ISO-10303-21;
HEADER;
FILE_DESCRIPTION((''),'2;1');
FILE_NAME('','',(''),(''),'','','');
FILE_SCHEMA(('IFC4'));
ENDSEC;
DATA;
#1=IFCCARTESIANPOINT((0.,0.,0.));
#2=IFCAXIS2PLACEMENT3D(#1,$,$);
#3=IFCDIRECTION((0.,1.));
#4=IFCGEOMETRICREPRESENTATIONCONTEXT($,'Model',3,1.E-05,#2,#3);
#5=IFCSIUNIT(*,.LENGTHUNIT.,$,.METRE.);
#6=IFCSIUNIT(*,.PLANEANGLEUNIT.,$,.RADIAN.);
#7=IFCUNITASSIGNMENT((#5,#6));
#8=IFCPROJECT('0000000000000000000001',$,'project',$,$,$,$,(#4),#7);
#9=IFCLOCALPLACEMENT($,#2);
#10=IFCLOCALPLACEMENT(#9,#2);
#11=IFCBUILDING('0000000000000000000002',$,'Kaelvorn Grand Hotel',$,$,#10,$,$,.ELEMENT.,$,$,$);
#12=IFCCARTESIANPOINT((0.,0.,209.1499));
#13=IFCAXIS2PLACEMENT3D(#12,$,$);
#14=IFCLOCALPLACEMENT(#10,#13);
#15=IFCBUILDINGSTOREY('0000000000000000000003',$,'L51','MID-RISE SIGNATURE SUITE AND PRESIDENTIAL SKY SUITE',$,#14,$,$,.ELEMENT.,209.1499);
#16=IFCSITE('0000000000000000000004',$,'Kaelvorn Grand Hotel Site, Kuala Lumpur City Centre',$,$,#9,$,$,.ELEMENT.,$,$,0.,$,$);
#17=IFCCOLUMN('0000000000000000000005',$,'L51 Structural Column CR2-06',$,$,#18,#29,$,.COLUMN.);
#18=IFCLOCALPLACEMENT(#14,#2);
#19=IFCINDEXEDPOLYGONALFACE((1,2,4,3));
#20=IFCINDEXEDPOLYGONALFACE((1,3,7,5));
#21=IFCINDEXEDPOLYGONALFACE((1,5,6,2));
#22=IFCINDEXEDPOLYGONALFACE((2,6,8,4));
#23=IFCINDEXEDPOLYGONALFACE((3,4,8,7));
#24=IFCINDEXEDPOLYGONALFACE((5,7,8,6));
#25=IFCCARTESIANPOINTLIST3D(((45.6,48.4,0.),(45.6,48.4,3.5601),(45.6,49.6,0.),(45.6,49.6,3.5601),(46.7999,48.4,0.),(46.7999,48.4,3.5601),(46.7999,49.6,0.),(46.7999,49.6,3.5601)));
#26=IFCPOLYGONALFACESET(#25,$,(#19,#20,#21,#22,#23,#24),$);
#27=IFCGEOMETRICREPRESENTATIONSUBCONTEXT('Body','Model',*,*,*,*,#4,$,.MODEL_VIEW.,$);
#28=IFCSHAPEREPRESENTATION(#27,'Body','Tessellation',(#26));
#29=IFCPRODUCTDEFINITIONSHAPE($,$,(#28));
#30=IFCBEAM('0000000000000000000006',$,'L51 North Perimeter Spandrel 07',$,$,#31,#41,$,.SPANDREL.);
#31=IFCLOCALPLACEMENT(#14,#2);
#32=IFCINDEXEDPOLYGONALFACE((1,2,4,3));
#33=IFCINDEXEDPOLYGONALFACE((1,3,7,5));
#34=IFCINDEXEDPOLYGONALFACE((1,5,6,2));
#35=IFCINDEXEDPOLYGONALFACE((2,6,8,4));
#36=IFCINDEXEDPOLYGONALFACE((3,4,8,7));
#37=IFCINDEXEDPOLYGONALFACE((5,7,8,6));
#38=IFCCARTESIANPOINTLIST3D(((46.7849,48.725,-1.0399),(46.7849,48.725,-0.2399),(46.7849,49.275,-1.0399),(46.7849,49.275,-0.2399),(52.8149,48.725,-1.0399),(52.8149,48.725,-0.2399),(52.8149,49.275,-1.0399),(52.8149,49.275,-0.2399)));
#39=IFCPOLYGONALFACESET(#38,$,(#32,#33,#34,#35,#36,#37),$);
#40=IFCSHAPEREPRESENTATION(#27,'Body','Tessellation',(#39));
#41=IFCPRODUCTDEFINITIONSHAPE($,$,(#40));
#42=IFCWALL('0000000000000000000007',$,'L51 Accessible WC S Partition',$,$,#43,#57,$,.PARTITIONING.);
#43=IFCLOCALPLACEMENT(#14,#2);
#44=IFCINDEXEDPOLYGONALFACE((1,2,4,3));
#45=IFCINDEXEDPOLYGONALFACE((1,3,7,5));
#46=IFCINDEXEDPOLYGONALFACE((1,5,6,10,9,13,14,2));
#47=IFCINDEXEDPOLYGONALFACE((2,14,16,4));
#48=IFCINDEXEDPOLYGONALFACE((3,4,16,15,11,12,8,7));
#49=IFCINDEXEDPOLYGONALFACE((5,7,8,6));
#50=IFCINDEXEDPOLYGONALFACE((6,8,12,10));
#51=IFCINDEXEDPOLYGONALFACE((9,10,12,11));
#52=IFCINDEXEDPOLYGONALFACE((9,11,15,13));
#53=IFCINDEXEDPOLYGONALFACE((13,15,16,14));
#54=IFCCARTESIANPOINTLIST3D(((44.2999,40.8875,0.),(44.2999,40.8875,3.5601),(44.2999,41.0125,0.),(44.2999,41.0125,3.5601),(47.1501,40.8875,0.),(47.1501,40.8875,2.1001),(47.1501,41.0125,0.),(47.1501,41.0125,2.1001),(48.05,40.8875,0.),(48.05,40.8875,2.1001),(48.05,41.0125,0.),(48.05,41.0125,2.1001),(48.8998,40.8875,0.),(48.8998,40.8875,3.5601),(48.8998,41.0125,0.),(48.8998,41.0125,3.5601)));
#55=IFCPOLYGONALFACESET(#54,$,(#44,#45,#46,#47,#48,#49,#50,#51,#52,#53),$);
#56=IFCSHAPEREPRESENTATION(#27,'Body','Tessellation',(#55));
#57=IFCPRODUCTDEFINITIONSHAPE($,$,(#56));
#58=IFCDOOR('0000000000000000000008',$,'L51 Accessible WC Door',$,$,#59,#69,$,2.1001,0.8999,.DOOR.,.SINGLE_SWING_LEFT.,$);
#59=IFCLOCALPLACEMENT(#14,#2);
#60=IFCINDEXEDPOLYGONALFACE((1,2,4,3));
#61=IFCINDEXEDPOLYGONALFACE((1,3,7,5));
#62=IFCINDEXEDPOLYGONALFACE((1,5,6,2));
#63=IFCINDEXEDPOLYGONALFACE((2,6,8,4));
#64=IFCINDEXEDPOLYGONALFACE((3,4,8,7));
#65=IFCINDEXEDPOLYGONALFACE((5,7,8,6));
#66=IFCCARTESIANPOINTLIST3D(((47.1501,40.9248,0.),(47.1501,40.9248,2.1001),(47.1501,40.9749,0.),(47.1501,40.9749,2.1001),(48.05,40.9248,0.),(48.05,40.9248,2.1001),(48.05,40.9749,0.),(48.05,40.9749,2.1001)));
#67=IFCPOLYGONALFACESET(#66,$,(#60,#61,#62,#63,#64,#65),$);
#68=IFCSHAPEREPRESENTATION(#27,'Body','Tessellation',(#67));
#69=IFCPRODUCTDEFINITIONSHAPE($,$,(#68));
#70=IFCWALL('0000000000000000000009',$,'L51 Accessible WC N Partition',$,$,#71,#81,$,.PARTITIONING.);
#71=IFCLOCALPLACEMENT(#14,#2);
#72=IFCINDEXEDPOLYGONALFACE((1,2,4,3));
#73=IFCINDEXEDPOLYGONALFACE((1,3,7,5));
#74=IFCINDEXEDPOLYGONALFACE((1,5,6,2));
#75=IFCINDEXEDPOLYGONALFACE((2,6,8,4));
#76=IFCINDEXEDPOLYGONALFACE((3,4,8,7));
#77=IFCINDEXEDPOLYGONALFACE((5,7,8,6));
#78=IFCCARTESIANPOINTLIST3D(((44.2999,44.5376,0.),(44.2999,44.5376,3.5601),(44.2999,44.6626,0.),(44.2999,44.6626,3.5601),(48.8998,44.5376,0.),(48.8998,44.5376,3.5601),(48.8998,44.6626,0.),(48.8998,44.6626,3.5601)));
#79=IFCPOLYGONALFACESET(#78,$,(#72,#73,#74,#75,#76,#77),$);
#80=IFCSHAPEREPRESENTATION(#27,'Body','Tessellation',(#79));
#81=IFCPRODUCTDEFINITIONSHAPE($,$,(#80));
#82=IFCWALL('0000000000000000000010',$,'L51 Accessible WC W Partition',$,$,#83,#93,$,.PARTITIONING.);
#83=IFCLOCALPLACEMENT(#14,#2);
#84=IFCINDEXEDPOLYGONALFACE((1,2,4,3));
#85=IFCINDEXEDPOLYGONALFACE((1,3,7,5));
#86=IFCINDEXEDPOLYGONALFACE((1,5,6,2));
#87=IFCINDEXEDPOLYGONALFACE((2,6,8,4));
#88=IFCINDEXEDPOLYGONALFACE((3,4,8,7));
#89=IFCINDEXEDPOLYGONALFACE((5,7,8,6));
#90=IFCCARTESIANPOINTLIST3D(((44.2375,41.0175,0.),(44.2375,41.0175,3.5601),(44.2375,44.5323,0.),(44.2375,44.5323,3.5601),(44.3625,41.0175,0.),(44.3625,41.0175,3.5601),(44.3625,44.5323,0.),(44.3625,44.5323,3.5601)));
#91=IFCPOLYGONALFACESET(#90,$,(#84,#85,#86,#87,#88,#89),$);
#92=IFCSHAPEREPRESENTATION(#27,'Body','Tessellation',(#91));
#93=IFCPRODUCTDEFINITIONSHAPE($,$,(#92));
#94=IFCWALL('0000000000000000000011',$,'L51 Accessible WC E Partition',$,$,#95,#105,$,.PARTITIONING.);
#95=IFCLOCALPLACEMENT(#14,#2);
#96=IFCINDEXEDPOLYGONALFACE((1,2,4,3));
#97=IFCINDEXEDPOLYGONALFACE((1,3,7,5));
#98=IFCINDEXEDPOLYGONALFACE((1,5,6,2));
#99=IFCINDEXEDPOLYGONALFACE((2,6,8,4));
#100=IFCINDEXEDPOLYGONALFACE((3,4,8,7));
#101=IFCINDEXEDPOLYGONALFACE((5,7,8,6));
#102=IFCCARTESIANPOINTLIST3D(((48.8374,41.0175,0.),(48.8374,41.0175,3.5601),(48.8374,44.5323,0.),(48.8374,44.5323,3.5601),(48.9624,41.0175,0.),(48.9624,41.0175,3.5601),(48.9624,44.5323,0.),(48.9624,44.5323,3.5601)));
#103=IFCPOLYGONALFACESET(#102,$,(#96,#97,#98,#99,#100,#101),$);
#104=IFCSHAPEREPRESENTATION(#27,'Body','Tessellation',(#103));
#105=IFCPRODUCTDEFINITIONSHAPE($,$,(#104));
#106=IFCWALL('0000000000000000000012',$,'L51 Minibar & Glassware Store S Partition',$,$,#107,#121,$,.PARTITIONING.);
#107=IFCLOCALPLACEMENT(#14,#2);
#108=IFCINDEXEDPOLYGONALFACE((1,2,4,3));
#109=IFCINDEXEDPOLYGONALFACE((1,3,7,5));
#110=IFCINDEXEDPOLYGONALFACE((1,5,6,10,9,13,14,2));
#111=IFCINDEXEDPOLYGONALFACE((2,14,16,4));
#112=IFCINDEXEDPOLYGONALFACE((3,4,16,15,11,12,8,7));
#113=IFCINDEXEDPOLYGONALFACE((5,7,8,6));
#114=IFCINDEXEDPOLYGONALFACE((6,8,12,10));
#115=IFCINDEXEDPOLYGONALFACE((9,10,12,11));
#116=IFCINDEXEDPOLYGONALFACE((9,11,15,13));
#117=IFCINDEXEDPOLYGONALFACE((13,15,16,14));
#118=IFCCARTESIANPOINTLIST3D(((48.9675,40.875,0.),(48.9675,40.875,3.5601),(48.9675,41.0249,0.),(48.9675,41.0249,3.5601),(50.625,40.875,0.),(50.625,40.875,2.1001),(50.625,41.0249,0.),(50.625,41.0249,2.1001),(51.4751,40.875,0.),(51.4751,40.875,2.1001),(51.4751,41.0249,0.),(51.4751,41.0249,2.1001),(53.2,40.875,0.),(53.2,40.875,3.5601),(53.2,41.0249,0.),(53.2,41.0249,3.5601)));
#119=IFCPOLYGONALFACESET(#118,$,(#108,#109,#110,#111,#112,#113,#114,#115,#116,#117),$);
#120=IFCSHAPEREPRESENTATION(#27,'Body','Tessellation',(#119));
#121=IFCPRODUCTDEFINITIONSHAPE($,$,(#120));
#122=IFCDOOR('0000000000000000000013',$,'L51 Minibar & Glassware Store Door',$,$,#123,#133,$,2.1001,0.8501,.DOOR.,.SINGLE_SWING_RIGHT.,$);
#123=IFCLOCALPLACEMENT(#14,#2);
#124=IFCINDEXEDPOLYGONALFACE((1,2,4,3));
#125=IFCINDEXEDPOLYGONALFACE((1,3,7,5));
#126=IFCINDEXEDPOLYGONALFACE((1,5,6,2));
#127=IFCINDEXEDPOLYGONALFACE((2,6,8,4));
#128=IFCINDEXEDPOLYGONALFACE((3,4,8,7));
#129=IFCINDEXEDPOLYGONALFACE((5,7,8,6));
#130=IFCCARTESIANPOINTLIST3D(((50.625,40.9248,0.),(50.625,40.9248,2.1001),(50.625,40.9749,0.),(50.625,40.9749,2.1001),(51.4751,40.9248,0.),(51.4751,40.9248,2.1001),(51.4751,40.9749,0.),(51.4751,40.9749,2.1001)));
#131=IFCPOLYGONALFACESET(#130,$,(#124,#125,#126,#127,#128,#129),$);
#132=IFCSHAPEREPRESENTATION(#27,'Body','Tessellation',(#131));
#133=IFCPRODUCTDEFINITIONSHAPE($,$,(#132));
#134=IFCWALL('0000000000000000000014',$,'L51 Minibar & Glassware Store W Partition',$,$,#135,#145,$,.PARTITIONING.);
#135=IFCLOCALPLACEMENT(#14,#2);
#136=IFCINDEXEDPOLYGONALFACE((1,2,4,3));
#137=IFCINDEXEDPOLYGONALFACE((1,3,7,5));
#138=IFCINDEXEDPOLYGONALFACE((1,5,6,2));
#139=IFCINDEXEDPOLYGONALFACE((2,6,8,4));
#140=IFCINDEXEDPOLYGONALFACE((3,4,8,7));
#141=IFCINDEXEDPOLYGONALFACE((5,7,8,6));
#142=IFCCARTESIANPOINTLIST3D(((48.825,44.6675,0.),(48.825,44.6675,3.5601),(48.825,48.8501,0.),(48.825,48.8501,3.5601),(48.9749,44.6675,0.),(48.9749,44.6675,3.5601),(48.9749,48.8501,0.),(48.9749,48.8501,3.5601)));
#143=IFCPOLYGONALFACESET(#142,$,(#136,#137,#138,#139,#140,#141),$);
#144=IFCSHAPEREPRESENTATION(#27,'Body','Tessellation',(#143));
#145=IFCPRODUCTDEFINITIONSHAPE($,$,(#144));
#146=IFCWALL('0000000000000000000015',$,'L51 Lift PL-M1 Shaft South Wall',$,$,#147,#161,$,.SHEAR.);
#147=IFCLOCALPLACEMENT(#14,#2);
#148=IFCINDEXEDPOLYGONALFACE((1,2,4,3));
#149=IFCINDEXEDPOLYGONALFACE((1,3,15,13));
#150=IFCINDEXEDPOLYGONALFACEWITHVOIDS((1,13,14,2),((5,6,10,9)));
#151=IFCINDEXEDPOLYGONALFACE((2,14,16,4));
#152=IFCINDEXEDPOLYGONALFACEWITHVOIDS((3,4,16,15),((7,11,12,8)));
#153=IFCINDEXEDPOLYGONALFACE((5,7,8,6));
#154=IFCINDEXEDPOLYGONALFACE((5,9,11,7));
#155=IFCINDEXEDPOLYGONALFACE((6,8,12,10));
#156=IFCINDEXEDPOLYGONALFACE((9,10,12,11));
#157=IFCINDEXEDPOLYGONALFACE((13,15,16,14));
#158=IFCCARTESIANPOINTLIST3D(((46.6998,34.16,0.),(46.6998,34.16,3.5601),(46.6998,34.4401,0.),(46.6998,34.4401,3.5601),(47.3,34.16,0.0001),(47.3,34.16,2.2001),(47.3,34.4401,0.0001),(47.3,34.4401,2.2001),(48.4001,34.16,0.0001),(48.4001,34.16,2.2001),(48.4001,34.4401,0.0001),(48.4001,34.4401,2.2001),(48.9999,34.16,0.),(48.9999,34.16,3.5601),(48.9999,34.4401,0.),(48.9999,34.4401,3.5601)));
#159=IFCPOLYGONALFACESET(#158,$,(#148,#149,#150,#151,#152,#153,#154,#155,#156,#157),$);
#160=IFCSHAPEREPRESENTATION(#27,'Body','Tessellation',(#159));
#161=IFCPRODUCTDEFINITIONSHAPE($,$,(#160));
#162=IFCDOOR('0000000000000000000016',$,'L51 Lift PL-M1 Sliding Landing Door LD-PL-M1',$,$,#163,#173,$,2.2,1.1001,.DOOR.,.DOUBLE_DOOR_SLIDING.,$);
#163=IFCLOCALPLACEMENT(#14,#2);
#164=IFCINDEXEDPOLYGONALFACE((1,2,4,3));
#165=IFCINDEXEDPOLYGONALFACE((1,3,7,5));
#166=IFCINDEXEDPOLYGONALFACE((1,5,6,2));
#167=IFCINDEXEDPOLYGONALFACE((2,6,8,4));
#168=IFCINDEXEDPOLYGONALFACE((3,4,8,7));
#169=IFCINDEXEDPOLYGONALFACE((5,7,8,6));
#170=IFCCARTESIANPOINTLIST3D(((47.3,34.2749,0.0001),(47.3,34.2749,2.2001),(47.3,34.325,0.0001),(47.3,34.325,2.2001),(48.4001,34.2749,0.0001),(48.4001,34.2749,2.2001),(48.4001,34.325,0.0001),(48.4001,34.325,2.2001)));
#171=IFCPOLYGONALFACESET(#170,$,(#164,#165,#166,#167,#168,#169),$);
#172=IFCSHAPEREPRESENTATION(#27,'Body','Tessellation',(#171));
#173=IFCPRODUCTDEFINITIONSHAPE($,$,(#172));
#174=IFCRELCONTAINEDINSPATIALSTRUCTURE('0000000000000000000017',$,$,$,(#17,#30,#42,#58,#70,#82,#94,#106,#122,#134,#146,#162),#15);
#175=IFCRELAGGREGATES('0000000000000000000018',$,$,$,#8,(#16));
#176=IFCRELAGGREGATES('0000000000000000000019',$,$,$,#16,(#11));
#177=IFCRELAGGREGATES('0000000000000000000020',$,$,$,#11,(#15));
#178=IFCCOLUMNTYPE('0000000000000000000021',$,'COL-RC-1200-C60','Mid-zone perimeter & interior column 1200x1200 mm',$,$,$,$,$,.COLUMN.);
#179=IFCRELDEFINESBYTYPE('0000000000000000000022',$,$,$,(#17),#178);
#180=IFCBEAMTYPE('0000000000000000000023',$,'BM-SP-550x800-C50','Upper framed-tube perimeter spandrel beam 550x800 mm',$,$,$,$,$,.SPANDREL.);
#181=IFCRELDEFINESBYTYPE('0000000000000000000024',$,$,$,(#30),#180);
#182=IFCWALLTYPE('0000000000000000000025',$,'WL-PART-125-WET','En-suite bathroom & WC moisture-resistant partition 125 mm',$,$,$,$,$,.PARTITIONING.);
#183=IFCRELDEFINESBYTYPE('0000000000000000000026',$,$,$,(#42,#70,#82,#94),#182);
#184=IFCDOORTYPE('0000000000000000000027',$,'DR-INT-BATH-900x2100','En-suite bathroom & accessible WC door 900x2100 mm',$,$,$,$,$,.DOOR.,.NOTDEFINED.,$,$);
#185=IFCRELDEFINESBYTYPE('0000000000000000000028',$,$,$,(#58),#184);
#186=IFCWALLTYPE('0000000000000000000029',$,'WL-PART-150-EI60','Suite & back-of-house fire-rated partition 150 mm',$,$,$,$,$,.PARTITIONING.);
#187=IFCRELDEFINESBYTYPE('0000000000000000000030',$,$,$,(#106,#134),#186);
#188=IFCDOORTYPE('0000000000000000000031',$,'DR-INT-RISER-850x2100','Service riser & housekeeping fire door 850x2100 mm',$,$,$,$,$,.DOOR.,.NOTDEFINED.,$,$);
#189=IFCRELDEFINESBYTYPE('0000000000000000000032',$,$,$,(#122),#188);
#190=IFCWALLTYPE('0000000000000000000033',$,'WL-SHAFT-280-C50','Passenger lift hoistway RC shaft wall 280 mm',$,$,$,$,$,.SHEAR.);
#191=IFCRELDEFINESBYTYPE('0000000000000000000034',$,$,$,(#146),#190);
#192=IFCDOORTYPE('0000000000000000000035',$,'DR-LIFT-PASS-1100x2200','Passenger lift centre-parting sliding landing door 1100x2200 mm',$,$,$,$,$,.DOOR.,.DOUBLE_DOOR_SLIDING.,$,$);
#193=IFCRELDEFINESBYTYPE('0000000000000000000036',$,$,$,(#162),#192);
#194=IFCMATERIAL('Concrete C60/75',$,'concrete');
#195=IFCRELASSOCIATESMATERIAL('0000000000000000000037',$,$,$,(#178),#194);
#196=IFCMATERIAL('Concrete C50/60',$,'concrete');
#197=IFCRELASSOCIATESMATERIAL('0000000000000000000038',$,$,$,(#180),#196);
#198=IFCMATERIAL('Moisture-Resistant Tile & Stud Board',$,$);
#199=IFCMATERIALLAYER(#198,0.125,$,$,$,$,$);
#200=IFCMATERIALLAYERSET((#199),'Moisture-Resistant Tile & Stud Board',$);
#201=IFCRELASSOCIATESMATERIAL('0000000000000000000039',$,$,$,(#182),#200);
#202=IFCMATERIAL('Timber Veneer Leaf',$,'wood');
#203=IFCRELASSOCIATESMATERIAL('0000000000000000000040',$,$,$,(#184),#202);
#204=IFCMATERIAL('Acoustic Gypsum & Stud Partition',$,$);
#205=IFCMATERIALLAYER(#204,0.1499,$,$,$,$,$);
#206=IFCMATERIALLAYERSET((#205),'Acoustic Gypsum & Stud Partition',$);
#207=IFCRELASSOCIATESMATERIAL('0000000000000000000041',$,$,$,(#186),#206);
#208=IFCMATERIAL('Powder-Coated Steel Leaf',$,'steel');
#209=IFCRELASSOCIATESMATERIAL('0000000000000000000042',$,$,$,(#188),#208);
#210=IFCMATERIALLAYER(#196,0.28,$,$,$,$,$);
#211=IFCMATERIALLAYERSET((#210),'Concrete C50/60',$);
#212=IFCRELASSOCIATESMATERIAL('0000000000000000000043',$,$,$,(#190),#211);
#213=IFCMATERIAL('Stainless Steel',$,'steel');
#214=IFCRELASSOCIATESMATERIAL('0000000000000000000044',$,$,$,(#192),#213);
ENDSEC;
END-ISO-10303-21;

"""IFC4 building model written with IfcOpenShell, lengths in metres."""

from ifc_helpers import new_model, si_unit, direction, frame, frame_2d, origin, origin_2d, place, context, subcontext, project, spatial, rectangle, extrude, material, layer, layer_set, material_profile, profile_set, type_object, element, fill, save


model = new_model("IFC4")

# Units and contexts
model_context = context("Model", 3, precision=1e-05, world=origin(), true_north=direction((0.0, 1.0)))
body_context = subcontext(model_context, "Body", "Model", "MODEL_VIEW")
ifc_project = project(units=[si_unit("LENGTHUNIT", "METRE"), si_unit("PLANEANGLEUNIT", "RADIAN")], contexts=[model_context])

# Site, building, storey
site_placement = place(None, origin())
site = spatial("IfcSite", under=ifc_project, at=site_placement, Name="Kaelvorn Grand Hotel Site, Kuala Lumpur City Centre", CompositionType="ELEMENT", RefElevation=0.0)
building_placement = place(site_placement, origin())
building = spatial("IfcBuilding", under=site, at=building_placement, Name="Kaelvorn Grand Hotel", CompositionType="ELEMENT")
storey_placement = place(building_placement, frame((0.0, 0.0, 209.1499)))
storey = spatial("IfcBuildingStorey", under=building, at=storey_placement, Name="L51", Description="MID-RISE SIGNATURE SUITE AND PRESIDENTIAL SKY SUITE", CompositionType="ELEMENT", Elevation=209.1499)

# Column
ifc_material_1 = material(Name="Concrete C60/75", Category="concrete")
ifc_material_profile_1 = material_profile(ifc_material_1, rectangle(XDim=1.2, YDim=1.2, at=origin_2d()), Name="RC COL 1200x1200")
ifc_profile_set_1 = profile_set([ifc_material_profile_1], Name="Concrete C60/75")
column_type = type_object("IfcColumnType", Name="COL-RC-1200-C60", Description="Mid-zone perimeter & interior column 1200x1200 mm", PredefinedType="COLUMN", material=ifc_profile_set_1)
column_placement = place(storey_placement, frame((46.2, 49.0, 0.0), z_axis=(0.0, 0.0, 1.0), x_axis=(1.0, 0.0, 0.0)))
element("IfcColumn", 1, at=column_placement, inside=storey, type_object=column_type, Name="L51 Structural Column CR2-06", PredefinedType="COLUMN", context=body_context, shape_type="SweptSolid", body=[
    extrude(rectangle(XDim=1.2, YDim=1.2, at=origin_2d()), origin(), (0.0, 0.0, 1.0), 3.5601),
])

# Beam
ifc_material_2 = material(Name="Concrete C50/60", Category="concrete")
ifc_material_profile_2 = material_profile(ifc_material_2, rectangle(XDim=0.55, YDim=0.8, at=origin_2d()), Name="RC SPANDREL 550x800")
ifc_profile_set_2 = profile_set([ifc_material_profile_2], Name="Concrete C50/60")
beam_type = type_object("IfcBeamType", Name="BM-SP-550x800-C50", Description="Upper framed-tube perimeter spandrel beam 550x800 mm", PredefinedType="SPANDREL", material=ifc_profile_set_2)
beam_placement = place(storey_placement, frame((46.7849, 49.0, -0.6399), z_axis=(1.0, 0.0, 0.0), x_axis=(0.0, 1.0, 0.0)))
element("IfcBeam", 2, at=beam_placement, inside=storey, type_object=beam_type, Name="L51 North Perimeter Spandrel 07", PredefinedType="SPANDREL", context=body_context, shape_type="SweptSolid", body=[
    extrude(rectangle(XDim=0.55, YDim=0.8, at=origin_2d()), origin(), (0.0, 0.0, 1.0), 6.03),
])

# Wall, opening, door
ifc_material_3 = material(Name="Moisture-Resistant Tile & Stud Board")
ifc_layer_1 = layer(ifc_material_3, 0.125)
ifc_layer_set_1 = layer_set([ifc_layer_1], Name="Moisture-Resistant Tile & Stud Board")
wall_type_1 = type_object("IfcWallType", Name="WL-PART-125-WET", Description="En-suite bathroom & WC moisture-resistant partition 125 mm", PredefinedType="PARTITIONING", material=ifc_layer_set_1)
wall_1_placement = place(storey_placement, frame((44.3, 40.95, 0.0), z_axis=(0.0, 0.0, 1.0), x_axis=(1.0, 0.0, 0.0)))
wall_1 = element("IfcWall", 3, at=wall_1_placement, inside=storey, type_object=wall_type_1, Name="L51 Accessible WC S Partition", PredefinedType="PARTITIONING", context=body_context, shape_type="SweptSolid", body=[
    extrude(rectangle(XDim=4.5999, YDim=0.125, at=frame_2d((2.2998, 0.0))), origin(), (0.0, 0.0, 1.0), 3.5601),
])
opening_1_placement = place(wall_1_placement, frame((2.8501, 0.0, 0.0)))
opening_1 = element("IfcOpeningElement", 4, at=opening_1_placement, cuts=wall_1, PredefinedType="OPENING", context=body_context, shape_type="SweptSolid", body=[
    extrude(rectangle(XDim=0.8999, YDim=2.1001, at=frame_2d((0.45, 1.05))), frame((0.0, 0.0725, 0.0), z_axis=(0.0, -1.0, 0.0), x_axis=(1.0, 0.0, 0.0)), (0.0, 0.0, 1.0), 0.145),
])
ifc_material_4 = material(Name="Timber Veneer Leaf", Category="wood")
door_type_1 = type_object("IfcDoorType", Name="DR-INT-BATH-900x2100", Description="En-suite bathroom & accessible WC door 900x2100 mm", OperationType="NOTDEFINED", PredefinedType="DOOR", material=ifc_material_4)
door_1_placement = place(opening_1_placement, origin())
door_1 = element("IfcDoor", 5, at=door_1_placement, inside=storey, type_object=door_type_1, Name="L51 Accessible WC Door", OperationType="SINGLE_SWING_LEFT", OverallHeight=2.1001, OverallWidth=0.8999, PredefinedType="DOOR", context=body_context, shape_type="SweptSolid", body=[
    extrude(rectangle(XDim=0.8999, YDim=2.1001, at=frame_2d((0.45, 1.05))), frame((0.0, 0.0249, 0.0), z_axis=(0.0, -1.0, 0.0), x_axis=(1.0, 0.0, 0.0)), (0.0, 0.0, 1.0), 0.05),
])
fill(opening_1, door_1)

# Walls
wall_2_placement = place(storey_placement, frame((44.3, 44.6001, 0.0), z_axis=(0.0, 0.0, 1.0), x_axis=(1.0, 0.0, 0.0)))
element("IfcWall", 6, at=wall_2_placement, inside=storey, type_object=wall_type_1, Name="L51 Accessible WC N Partition", PredefinedType="PARTITIONING", context=body_context, shape_type="SweptSolid", body=[
    extrude(rectangle(XDim=4.5999, YDim=0.125, at=frame_2d((2.2998, 0.0))), origin(), (0.0, 0.0, 1.0), 3.5601),
])
for number, where, z_axis, x_axis, name in (
    (7, (44.3, 41.0176, 0.0), (0.0, 0.0, 1.0), (0.0, 1.0, 0.0), "L51 Accessible WC W Partition"),
    (8, (48.8999, 41.0176, 0.0), (0.0, 0.0, 1.0), (0.0, 1.0, 0.0), "L51 Accessible WC E Partition"),
):
    element("IfcWall", number, at=place(storey_placement, frame(where, z_axis=z_axis, x_axis=x_axis)), inside=storey, type_object=wall_type_1, Name=name, PredefinedType="PARTITIONING", context=body_context, shape_type="SweptSolid", body=[
        extrude(rectangle(XDim=3.5149, YDim=0.125, at=frame_2d((1.7573, 0.0))), origin(), (0.0, 0.0, 1.0), 3.5601),
    ])

# Wall, opening, door
ifc_material_5 = material(Name="Acoustic Gypsum & Stud Partition")
ifc_layer_2 = layer(ifc_material_5, 0.1499)
ifc_layer_set_2 = layer_set([ifc_layer_2], Name="Acoustic Gypsum & Stud Partition")
wall_type_2 = type_object("IfcWallType", Name="WL-PART-150-EI60", Description="Suite & back-of-house fire-rated partition 150 mm", PredefinedType="PARTITIONING", material=ifc_layer_set_2)
wall_3_placement = place(storey_placement, frame((48.9675, 40.95, 0.0), z_axis=(0.0, 0.0, 1.0), x_axis=(1.0, 0.0, 0.0)))
wall_3 = element("IfcWall", 9, at=wall_3_placement, inside=storey, type_object=wall_type_2, Name="L51 Minibar & Glassware Store S Partition", PredefinedType="PARTITIONING", context=body_context, shape_type="SweptSolid", body=[
    extrude(rectangle(XDim=4.2324, YDim=0.1499, at=frame_2d((2.1162, 0.0))), origin(), (0.0, 0.0, 1.0), 3.5601),
])
opening_2_placement = place(wall_3_placement, frame((1.6575, 0.0, 0.0)))
opening_2 = element("IfcOpeningElement", 10, at=opening_2_placement, cuts=wall_3, PredefinedType="OPENING", context=body_context, shape_type="SweptSolid", body=[
    extrude(rectangle(XDim=0.8501, YDim=2.1001, at=frame_2d((0.425, 1.05))), frame((0.0, 0.085, 0.0), z_axis=(0.0, -1.0, 0.0), x_axis=(1.0, 0.0, 0.0)), (0.0, 0.0, 1.0), 0.1699),
])
ifc_material_6 = material(Name="Powder-Coated Steel Leaf", Category="steel")
door_type_2 = type_object("IfcDoorType", Name="DR-INT-RISER-850x2100", Description="Service riser & housekeeping fire door 850x2100 mm", OperationType="NOTDEFINED", PredefinedType="DOOR", material=ifc_material_6)
door_2_placement = place(opening_2_placement, origin())
door_2 = element("IfcDoor", 11, at=door_2_placement, inside=storey, type_object=door_type_2, Name="L51 Minibar & Glassware Store Door", OperationType="SINGLE_SWING_RIGHT", OverallHeight=2.1001, OverallWidth=0.8501, PredefinedType="DOOR", context=body_context, shape_type="SweptSolid", body=[
    extrude(rectangle(XDim=0.8501, YDim=2.1001, at=frame_2d((0.425, 1.05))), frame((0.0, 0.0249, 0.0), z_axis=(0.0, -1.0, 0.0), x_axis=(1.0, 0.0, 0.0)), (0.0, 0.0, 1.0), 0.05),
])
fill(opening_2, door_2)

# Wall
wall_4_placement = place(storey_placement, frame((48.8999, 44.6675, 0.0), z_axis=(0.0, 0.0, 1.0), x_axis=(0.0, 1.0, 0.0)))
element("IfcWall", 12, at=wall_4_placement, inside=storey, type_object=wall_type_2, Name="L51 Minibar & Glassware Store W Partition", PredefinedType="PARTITIONING", context=body_context, shape_type="SweptSolid", body=[
    extrude(rectangle(XDim=4.1826, YDim=0.1499, at=frame_2d((2.0913, 0.0))), origin(), (0.0, 0.0, 1.0), 3.5601),
])

# Wall, opening, door
ifc_layer_3 = layer(ifc_material_2, 0.28)
ifc_layer_set_3 = layer_set([ifc_layer_3], Name="Concrete C50/60")
wall_type_3 = type_object("IfcWallType", Name="WL-SHAFT-280-C50", Description="Passenger lift hoistway RC shaft wall 280 mm", PredefinedType="SHEAR", material=ifc_layer_set_3)
wall_5_placement = place(storey_placement, frame((46.7, 34.3, 0.0), z_axis=(0.0, 0.0, 1.0), x_axis=(1.0, 0.0, 0.0)))
wall_5 = element("IfcWall", 13, at=wall_5_placement, inside=storey, type_object=wall_type_3, Name="L51 Lift PL-M1 Shaft South Wall", PredefinedType="SHEAR", context=body_context, shape_type="SweptSolid", body=[
    extrude(rectangle(XDim=2.3, YDim=0.28, at=frame_2d((1.1499, 0.0))), origin(), (0.0, 0.0, 1.0), 3.5601),
])
opening_3_placement = place(wall_5_placement, frame((0.6001, 0.0, 0.0)))
opening_3 = element("IfcOpeningElement", 14, at=opening_3_placement, cuts=wall_5, PredefinedType="OPENING", context=body_context, shape_type="SweptSolid", body=[
    extrude(rectangle(XDim=1.1001, YDim=2.2, at=frame_2d((0.55, 1.1001))), frame((0.0, 0.1499, 0.0), z_axis=(0.0, -1.0, 0.0), x_axis=(1.0, 0.0, 0.0)), (0.0, 0.0, 1.0), 0.3),
])
ifc_material_7 = material(Name="Stainless Steel", Category="steel")
door_type_3 = type_object("IfcDoorType", Name="DR-LIFT-PASS-1100x2200", Description="Passenger lift centre-parting sliding landing door 1100x2200 mm", OperationType="DOUBLE_DOOR_SLIDING", PredefinedType="DOOR", material=ifc_material_7)
door_3_placement = place(opening_3_placement, origin())
door_3 = element("IfcDoor", 15, at=door_3_placement, inside=storey, type_object=door_type_3, Name="L51 Lift PL-M1 Sliding Landing Door LD-PL-M1", OperationType="DOUBLE_DOOR_SLIDING", OverallHeight=2.2, OverallWidth=1.1001, PredefinedType="DOOR", context=body_context, shape_type="SweptSolid", body=[
    extrude(rectangle(XDim=1.1001, YDim=2.2, at=frame_2d((0.55, 1.1001))), frame((0.0, 0.0249, 0.0), z_axis=(0.0, -1.0, 0.0), x_axis=(1.0, 0.0, 0.0)), (0.0, 0.0, 1.0), 0.05),
])
fill(opening_3, door_3)

save(model, "model.ifc")
